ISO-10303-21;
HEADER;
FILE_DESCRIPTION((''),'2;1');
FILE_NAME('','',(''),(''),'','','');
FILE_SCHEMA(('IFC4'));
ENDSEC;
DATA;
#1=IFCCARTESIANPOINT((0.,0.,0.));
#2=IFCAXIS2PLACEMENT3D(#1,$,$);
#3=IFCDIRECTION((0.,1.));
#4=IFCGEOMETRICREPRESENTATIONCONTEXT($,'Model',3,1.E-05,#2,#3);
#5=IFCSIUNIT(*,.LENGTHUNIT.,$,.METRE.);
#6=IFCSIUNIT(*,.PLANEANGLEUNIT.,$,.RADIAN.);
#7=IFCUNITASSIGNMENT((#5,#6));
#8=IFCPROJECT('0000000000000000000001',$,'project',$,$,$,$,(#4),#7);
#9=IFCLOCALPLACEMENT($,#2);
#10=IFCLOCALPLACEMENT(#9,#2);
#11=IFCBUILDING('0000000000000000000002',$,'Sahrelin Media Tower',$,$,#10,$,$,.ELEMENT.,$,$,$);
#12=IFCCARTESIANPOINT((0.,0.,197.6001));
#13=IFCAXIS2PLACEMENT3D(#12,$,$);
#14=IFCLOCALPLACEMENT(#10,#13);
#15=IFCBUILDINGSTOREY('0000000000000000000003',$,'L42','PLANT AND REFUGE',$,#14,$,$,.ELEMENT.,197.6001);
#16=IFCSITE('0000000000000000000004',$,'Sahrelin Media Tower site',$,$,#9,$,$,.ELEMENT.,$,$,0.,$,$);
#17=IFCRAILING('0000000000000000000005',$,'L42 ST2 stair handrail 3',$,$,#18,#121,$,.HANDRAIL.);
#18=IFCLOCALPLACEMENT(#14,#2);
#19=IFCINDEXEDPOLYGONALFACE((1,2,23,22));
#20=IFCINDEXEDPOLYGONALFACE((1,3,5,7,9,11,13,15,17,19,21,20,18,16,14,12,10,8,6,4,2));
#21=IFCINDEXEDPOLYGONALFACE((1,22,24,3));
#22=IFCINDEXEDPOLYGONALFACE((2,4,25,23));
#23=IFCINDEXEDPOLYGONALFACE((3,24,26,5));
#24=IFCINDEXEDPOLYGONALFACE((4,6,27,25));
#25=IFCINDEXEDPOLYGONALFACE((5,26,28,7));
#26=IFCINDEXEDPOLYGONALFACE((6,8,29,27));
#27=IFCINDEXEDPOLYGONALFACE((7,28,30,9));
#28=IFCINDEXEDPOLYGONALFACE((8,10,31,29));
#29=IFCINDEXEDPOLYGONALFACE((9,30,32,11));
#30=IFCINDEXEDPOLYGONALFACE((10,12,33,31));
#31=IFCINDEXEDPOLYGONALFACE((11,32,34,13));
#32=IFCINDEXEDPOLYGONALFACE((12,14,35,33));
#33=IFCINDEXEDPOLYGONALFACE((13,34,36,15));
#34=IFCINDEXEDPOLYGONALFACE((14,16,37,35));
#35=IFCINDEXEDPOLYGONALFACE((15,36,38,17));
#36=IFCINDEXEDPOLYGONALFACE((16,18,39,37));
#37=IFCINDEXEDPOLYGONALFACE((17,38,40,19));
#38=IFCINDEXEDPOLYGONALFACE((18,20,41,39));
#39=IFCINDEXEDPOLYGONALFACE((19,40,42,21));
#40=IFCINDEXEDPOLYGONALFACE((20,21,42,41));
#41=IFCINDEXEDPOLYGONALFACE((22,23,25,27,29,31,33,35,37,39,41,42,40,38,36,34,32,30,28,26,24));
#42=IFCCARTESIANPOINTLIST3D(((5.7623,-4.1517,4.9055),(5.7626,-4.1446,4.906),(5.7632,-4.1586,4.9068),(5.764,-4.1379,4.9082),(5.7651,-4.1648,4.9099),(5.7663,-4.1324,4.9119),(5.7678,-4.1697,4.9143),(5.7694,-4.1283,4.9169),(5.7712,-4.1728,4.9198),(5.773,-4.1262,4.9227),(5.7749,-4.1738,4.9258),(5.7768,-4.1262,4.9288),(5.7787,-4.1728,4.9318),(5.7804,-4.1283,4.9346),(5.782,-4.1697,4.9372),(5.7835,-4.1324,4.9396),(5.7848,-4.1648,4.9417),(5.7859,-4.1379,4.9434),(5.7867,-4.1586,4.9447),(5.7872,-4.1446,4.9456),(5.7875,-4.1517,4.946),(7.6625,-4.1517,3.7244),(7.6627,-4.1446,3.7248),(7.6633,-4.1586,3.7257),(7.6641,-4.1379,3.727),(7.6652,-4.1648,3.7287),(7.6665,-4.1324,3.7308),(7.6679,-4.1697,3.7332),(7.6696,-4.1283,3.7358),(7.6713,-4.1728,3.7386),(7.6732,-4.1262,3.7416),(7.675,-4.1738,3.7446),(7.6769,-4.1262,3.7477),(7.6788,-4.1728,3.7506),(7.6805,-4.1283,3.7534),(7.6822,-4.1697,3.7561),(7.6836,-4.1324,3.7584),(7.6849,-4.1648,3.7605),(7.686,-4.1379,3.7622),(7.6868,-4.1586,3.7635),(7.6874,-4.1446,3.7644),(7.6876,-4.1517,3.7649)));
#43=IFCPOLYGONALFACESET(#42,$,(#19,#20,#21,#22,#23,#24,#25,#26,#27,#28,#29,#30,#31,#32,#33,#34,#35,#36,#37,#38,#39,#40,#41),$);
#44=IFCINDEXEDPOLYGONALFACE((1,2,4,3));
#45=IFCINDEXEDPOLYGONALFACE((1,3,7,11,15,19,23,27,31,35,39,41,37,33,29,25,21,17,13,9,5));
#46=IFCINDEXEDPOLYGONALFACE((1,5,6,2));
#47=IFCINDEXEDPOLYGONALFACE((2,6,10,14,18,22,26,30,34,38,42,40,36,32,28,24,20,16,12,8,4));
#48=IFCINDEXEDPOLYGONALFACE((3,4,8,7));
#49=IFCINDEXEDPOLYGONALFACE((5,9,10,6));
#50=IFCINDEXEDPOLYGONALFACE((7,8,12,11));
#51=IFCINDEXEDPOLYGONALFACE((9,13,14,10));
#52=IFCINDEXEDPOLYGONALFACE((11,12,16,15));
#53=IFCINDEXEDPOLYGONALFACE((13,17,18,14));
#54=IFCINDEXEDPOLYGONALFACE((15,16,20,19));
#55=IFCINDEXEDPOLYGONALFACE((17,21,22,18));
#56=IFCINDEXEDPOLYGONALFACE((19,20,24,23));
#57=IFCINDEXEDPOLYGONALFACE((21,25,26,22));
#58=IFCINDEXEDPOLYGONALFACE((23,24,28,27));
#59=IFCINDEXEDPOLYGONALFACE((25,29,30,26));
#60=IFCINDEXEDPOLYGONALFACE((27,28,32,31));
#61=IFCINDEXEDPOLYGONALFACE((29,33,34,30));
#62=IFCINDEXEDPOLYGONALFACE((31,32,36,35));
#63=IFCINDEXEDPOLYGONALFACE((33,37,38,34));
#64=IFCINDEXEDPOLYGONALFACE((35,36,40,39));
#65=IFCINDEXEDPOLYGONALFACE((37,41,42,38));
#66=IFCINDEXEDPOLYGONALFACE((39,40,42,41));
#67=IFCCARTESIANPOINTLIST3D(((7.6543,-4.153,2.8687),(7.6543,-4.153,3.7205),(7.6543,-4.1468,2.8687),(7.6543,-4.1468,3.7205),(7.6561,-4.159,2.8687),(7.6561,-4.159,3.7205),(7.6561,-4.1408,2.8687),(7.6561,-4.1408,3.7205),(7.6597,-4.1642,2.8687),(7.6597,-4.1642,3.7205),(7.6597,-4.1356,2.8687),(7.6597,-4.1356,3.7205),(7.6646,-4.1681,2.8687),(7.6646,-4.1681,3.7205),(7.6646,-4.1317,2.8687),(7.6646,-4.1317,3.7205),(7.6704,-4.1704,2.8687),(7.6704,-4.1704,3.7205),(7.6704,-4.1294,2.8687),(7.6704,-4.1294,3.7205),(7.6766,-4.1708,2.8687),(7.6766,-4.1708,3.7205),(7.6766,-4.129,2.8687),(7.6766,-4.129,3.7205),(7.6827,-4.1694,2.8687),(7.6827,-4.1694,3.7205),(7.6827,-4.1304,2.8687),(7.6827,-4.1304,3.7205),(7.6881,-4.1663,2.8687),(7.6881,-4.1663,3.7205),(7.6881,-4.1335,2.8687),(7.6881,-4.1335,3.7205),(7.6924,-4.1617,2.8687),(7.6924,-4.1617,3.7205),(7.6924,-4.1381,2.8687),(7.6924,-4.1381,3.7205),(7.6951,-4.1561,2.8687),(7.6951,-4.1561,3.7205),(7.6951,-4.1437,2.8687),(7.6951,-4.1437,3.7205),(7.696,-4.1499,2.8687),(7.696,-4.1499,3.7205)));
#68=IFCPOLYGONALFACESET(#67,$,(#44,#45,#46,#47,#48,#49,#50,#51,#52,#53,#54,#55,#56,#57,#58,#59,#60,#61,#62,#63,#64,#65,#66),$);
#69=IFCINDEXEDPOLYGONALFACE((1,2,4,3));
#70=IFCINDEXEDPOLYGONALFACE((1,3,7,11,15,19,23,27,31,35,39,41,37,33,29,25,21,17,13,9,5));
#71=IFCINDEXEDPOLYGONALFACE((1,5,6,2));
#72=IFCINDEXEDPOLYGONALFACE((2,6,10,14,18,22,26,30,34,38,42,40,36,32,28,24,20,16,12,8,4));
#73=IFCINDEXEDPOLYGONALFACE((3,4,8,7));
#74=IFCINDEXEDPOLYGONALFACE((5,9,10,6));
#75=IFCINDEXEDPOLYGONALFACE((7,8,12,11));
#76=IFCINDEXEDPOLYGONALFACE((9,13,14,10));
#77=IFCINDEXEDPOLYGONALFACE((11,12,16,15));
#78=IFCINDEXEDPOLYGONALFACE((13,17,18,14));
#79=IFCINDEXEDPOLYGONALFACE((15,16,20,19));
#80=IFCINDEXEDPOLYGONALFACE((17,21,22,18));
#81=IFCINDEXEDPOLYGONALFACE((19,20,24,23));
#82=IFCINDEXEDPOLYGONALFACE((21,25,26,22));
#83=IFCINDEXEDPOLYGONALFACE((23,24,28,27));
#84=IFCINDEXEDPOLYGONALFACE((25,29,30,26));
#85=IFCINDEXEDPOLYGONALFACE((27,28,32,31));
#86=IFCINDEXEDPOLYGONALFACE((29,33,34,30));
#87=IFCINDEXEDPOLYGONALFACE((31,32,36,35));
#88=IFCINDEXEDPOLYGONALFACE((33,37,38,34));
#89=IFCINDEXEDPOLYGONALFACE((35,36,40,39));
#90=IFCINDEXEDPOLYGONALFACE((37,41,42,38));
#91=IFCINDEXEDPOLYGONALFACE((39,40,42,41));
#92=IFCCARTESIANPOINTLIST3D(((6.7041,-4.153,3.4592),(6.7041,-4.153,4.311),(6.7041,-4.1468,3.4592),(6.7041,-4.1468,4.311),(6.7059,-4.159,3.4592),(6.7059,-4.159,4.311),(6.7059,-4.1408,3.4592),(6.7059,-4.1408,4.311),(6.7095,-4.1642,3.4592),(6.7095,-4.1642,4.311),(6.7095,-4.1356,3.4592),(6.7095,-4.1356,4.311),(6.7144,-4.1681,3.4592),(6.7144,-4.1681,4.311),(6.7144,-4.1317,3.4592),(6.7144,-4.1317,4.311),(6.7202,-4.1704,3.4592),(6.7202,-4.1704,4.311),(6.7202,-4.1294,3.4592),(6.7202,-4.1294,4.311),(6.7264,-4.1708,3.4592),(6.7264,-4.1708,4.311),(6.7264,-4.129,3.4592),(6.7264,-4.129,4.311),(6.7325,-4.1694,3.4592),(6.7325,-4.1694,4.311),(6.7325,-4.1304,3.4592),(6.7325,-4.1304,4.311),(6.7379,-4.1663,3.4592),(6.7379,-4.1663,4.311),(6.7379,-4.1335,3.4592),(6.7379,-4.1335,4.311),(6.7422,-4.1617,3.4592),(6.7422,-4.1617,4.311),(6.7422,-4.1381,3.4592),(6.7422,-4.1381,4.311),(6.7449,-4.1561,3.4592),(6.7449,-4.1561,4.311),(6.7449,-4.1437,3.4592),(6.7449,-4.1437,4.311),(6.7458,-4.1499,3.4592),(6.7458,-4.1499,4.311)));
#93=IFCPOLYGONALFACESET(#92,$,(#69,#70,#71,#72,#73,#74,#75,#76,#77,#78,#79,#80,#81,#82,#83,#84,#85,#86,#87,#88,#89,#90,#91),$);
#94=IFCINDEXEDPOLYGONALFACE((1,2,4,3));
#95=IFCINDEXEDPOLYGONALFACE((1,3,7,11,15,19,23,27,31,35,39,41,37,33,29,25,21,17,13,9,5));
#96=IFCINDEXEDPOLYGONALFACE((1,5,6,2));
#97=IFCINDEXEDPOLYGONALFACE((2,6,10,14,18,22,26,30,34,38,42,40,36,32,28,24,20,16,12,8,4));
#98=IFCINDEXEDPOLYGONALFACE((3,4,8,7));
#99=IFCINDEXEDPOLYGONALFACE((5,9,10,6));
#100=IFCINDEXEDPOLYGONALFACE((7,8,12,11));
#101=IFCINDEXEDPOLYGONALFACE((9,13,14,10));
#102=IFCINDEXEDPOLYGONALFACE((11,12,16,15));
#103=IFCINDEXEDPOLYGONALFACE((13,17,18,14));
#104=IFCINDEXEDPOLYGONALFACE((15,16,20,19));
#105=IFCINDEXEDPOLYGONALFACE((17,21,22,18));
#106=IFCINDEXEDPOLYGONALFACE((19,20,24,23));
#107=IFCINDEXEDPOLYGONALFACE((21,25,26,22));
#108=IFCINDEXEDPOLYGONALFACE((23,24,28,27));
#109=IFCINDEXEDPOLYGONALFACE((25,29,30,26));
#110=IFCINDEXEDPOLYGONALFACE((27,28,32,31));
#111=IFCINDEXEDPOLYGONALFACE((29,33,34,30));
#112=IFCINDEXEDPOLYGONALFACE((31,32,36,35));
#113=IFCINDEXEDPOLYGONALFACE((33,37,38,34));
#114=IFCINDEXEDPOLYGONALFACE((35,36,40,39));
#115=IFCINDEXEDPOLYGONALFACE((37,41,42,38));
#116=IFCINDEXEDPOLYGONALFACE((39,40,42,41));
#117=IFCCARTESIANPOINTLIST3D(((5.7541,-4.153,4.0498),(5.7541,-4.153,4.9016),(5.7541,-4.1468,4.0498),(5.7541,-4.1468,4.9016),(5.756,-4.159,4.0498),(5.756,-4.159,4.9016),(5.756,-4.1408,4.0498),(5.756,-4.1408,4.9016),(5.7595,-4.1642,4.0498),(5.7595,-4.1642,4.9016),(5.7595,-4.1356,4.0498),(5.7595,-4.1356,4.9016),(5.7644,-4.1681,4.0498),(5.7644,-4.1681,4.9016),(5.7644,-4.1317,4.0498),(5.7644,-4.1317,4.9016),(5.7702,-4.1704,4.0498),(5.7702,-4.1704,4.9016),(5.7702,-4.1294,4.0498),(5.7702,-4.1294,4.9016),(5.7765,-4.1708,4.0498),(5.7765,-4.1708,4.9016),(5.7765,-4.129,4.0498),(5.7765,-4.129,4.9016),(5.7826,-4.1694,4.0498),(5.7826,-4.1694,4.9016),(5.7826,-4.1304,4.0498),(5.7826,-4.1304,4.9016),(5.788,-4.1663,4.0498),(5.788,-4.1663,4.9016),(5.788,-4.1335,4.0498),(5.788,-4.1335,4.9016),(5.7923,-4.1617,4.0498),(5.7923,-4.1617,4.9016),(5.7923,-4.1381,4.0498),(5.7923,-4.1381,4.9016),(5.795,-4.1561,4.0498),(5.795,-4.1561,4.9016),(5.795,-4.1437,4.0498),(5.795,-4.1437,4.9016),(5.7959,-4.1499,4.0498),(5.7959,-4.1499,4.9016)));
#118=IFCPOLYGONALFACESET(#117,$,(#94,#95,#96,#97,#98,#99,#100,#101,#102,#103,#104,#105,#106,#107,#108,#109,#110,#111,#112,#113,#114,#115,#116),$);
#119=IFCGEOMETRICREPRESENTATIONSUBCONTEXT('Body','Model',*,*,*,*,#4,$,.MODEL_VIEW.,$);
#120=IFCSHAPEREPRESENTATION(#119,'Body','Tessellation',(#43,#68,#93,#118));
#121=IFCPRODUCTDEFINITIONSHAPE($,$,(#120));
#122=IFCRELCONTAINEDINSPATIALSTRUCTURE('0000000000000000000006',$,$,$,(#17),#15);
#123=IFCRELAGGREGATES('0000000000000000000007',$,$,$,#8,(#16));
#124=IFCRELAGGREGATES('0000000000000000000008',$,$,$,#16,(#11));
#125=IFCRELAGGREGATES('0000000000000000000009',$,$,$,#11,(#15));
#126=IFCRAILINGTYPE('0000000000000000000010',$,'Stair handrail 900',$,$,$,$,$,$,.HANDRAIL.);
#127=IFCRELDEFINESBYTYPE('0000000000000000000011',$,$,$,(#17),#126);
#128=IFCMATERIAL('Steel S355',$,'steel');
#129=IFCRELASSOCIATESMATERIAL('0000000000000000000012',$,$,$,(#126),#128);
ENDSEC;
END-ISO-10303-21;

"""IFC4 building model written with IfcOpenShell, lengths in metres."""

from ifc_helpers import new_model, si_unit, direction, frame, origin, origin_2d, place, context, subcontext, project, spatial, circle, extrude, material, type_object, element, save


model = new_model("IFC4")

# Units and contexts
model_context = context("Model", 3, precision=1e-05, world=origin(), true_north=direction((0.0, 1.0)))
body_context = subcontext(model_context, "Body", "Model", "MODEL_VIEW")
ifc_project = project(units=[si_unit("LENGTHUNIT", "METRE"), si_unit("PLANEANGLEUNIT", "RADIAN")], contexts=[model_context])

# Site, building, storey
site_placement = place(None, origin())
site = spatial("IfcSite", under=ifc_project, at=site_placement, Name="Sahrelin Media Tower site", CompositionType="ELEMENT", RefElevation=0.0)
building_placement = place(site_placement, origin())
building = spatial("IfcBuilding", under=site, at=building_placement, Name="Sahrelin Media Tower", CompositionType="ELEMENT")
storey_placement = place(building_placement, frame((0.0, 0.0, 197.6001)))
storey = spatial("IfcBuildingStorey", under=building, at=storey_placement, Name="L42", Description="PLANT AND REFUGE", CompositionType="ELEMENT", Elevation=197.6001)

# Railing
ifc_material_1 = material(Name="Steel S355", Category="steel")
railing_type_1 = type_object("IfcRailingType", Name="Stair handrail 900", PredefinedType="HANDRAIL", material=ifc_material_1)
railing_1_placement = place(storey_placement, frame((7.675, -4.1499, 2.8687)))
element("IfcRailing", 1, at=railing_1_placement, inside=storey, type_object=railing_type_1, Name="L42 ST2 stair handrail 3", PredefinedType="HANDRAIL", context=body_context, shape_type="SweptSolid", body=[
    extrude(circle(Radius=0.0239, at=origin_2d()), frame((0.0, 0.0, 0.876), z_axis=(-0.849289, 0.0, 0.527928), x_axis=(0.0, -1.0, 0.0)), (0.0, 0.0, 1.0), 2.2373),
    extrude(circle(Radius=0.021, at=origin_2d()), origin(), (0.0, 0.0, 1.0), 0.8518),
    extrude(circle(Radius=0.021, at=origin_2d()), frame((-0.9502, 0.0, 0.5906)), (0.0, 0.0, 1.0), 0.8518),
    extrude(circle(Radius=0.021, at=origin_2d()), frame((-1.9001, 0.0, 1.1812)), (0.0, 0.0, 1.0), 0.8518),
])

save(model, "model.ifc")
